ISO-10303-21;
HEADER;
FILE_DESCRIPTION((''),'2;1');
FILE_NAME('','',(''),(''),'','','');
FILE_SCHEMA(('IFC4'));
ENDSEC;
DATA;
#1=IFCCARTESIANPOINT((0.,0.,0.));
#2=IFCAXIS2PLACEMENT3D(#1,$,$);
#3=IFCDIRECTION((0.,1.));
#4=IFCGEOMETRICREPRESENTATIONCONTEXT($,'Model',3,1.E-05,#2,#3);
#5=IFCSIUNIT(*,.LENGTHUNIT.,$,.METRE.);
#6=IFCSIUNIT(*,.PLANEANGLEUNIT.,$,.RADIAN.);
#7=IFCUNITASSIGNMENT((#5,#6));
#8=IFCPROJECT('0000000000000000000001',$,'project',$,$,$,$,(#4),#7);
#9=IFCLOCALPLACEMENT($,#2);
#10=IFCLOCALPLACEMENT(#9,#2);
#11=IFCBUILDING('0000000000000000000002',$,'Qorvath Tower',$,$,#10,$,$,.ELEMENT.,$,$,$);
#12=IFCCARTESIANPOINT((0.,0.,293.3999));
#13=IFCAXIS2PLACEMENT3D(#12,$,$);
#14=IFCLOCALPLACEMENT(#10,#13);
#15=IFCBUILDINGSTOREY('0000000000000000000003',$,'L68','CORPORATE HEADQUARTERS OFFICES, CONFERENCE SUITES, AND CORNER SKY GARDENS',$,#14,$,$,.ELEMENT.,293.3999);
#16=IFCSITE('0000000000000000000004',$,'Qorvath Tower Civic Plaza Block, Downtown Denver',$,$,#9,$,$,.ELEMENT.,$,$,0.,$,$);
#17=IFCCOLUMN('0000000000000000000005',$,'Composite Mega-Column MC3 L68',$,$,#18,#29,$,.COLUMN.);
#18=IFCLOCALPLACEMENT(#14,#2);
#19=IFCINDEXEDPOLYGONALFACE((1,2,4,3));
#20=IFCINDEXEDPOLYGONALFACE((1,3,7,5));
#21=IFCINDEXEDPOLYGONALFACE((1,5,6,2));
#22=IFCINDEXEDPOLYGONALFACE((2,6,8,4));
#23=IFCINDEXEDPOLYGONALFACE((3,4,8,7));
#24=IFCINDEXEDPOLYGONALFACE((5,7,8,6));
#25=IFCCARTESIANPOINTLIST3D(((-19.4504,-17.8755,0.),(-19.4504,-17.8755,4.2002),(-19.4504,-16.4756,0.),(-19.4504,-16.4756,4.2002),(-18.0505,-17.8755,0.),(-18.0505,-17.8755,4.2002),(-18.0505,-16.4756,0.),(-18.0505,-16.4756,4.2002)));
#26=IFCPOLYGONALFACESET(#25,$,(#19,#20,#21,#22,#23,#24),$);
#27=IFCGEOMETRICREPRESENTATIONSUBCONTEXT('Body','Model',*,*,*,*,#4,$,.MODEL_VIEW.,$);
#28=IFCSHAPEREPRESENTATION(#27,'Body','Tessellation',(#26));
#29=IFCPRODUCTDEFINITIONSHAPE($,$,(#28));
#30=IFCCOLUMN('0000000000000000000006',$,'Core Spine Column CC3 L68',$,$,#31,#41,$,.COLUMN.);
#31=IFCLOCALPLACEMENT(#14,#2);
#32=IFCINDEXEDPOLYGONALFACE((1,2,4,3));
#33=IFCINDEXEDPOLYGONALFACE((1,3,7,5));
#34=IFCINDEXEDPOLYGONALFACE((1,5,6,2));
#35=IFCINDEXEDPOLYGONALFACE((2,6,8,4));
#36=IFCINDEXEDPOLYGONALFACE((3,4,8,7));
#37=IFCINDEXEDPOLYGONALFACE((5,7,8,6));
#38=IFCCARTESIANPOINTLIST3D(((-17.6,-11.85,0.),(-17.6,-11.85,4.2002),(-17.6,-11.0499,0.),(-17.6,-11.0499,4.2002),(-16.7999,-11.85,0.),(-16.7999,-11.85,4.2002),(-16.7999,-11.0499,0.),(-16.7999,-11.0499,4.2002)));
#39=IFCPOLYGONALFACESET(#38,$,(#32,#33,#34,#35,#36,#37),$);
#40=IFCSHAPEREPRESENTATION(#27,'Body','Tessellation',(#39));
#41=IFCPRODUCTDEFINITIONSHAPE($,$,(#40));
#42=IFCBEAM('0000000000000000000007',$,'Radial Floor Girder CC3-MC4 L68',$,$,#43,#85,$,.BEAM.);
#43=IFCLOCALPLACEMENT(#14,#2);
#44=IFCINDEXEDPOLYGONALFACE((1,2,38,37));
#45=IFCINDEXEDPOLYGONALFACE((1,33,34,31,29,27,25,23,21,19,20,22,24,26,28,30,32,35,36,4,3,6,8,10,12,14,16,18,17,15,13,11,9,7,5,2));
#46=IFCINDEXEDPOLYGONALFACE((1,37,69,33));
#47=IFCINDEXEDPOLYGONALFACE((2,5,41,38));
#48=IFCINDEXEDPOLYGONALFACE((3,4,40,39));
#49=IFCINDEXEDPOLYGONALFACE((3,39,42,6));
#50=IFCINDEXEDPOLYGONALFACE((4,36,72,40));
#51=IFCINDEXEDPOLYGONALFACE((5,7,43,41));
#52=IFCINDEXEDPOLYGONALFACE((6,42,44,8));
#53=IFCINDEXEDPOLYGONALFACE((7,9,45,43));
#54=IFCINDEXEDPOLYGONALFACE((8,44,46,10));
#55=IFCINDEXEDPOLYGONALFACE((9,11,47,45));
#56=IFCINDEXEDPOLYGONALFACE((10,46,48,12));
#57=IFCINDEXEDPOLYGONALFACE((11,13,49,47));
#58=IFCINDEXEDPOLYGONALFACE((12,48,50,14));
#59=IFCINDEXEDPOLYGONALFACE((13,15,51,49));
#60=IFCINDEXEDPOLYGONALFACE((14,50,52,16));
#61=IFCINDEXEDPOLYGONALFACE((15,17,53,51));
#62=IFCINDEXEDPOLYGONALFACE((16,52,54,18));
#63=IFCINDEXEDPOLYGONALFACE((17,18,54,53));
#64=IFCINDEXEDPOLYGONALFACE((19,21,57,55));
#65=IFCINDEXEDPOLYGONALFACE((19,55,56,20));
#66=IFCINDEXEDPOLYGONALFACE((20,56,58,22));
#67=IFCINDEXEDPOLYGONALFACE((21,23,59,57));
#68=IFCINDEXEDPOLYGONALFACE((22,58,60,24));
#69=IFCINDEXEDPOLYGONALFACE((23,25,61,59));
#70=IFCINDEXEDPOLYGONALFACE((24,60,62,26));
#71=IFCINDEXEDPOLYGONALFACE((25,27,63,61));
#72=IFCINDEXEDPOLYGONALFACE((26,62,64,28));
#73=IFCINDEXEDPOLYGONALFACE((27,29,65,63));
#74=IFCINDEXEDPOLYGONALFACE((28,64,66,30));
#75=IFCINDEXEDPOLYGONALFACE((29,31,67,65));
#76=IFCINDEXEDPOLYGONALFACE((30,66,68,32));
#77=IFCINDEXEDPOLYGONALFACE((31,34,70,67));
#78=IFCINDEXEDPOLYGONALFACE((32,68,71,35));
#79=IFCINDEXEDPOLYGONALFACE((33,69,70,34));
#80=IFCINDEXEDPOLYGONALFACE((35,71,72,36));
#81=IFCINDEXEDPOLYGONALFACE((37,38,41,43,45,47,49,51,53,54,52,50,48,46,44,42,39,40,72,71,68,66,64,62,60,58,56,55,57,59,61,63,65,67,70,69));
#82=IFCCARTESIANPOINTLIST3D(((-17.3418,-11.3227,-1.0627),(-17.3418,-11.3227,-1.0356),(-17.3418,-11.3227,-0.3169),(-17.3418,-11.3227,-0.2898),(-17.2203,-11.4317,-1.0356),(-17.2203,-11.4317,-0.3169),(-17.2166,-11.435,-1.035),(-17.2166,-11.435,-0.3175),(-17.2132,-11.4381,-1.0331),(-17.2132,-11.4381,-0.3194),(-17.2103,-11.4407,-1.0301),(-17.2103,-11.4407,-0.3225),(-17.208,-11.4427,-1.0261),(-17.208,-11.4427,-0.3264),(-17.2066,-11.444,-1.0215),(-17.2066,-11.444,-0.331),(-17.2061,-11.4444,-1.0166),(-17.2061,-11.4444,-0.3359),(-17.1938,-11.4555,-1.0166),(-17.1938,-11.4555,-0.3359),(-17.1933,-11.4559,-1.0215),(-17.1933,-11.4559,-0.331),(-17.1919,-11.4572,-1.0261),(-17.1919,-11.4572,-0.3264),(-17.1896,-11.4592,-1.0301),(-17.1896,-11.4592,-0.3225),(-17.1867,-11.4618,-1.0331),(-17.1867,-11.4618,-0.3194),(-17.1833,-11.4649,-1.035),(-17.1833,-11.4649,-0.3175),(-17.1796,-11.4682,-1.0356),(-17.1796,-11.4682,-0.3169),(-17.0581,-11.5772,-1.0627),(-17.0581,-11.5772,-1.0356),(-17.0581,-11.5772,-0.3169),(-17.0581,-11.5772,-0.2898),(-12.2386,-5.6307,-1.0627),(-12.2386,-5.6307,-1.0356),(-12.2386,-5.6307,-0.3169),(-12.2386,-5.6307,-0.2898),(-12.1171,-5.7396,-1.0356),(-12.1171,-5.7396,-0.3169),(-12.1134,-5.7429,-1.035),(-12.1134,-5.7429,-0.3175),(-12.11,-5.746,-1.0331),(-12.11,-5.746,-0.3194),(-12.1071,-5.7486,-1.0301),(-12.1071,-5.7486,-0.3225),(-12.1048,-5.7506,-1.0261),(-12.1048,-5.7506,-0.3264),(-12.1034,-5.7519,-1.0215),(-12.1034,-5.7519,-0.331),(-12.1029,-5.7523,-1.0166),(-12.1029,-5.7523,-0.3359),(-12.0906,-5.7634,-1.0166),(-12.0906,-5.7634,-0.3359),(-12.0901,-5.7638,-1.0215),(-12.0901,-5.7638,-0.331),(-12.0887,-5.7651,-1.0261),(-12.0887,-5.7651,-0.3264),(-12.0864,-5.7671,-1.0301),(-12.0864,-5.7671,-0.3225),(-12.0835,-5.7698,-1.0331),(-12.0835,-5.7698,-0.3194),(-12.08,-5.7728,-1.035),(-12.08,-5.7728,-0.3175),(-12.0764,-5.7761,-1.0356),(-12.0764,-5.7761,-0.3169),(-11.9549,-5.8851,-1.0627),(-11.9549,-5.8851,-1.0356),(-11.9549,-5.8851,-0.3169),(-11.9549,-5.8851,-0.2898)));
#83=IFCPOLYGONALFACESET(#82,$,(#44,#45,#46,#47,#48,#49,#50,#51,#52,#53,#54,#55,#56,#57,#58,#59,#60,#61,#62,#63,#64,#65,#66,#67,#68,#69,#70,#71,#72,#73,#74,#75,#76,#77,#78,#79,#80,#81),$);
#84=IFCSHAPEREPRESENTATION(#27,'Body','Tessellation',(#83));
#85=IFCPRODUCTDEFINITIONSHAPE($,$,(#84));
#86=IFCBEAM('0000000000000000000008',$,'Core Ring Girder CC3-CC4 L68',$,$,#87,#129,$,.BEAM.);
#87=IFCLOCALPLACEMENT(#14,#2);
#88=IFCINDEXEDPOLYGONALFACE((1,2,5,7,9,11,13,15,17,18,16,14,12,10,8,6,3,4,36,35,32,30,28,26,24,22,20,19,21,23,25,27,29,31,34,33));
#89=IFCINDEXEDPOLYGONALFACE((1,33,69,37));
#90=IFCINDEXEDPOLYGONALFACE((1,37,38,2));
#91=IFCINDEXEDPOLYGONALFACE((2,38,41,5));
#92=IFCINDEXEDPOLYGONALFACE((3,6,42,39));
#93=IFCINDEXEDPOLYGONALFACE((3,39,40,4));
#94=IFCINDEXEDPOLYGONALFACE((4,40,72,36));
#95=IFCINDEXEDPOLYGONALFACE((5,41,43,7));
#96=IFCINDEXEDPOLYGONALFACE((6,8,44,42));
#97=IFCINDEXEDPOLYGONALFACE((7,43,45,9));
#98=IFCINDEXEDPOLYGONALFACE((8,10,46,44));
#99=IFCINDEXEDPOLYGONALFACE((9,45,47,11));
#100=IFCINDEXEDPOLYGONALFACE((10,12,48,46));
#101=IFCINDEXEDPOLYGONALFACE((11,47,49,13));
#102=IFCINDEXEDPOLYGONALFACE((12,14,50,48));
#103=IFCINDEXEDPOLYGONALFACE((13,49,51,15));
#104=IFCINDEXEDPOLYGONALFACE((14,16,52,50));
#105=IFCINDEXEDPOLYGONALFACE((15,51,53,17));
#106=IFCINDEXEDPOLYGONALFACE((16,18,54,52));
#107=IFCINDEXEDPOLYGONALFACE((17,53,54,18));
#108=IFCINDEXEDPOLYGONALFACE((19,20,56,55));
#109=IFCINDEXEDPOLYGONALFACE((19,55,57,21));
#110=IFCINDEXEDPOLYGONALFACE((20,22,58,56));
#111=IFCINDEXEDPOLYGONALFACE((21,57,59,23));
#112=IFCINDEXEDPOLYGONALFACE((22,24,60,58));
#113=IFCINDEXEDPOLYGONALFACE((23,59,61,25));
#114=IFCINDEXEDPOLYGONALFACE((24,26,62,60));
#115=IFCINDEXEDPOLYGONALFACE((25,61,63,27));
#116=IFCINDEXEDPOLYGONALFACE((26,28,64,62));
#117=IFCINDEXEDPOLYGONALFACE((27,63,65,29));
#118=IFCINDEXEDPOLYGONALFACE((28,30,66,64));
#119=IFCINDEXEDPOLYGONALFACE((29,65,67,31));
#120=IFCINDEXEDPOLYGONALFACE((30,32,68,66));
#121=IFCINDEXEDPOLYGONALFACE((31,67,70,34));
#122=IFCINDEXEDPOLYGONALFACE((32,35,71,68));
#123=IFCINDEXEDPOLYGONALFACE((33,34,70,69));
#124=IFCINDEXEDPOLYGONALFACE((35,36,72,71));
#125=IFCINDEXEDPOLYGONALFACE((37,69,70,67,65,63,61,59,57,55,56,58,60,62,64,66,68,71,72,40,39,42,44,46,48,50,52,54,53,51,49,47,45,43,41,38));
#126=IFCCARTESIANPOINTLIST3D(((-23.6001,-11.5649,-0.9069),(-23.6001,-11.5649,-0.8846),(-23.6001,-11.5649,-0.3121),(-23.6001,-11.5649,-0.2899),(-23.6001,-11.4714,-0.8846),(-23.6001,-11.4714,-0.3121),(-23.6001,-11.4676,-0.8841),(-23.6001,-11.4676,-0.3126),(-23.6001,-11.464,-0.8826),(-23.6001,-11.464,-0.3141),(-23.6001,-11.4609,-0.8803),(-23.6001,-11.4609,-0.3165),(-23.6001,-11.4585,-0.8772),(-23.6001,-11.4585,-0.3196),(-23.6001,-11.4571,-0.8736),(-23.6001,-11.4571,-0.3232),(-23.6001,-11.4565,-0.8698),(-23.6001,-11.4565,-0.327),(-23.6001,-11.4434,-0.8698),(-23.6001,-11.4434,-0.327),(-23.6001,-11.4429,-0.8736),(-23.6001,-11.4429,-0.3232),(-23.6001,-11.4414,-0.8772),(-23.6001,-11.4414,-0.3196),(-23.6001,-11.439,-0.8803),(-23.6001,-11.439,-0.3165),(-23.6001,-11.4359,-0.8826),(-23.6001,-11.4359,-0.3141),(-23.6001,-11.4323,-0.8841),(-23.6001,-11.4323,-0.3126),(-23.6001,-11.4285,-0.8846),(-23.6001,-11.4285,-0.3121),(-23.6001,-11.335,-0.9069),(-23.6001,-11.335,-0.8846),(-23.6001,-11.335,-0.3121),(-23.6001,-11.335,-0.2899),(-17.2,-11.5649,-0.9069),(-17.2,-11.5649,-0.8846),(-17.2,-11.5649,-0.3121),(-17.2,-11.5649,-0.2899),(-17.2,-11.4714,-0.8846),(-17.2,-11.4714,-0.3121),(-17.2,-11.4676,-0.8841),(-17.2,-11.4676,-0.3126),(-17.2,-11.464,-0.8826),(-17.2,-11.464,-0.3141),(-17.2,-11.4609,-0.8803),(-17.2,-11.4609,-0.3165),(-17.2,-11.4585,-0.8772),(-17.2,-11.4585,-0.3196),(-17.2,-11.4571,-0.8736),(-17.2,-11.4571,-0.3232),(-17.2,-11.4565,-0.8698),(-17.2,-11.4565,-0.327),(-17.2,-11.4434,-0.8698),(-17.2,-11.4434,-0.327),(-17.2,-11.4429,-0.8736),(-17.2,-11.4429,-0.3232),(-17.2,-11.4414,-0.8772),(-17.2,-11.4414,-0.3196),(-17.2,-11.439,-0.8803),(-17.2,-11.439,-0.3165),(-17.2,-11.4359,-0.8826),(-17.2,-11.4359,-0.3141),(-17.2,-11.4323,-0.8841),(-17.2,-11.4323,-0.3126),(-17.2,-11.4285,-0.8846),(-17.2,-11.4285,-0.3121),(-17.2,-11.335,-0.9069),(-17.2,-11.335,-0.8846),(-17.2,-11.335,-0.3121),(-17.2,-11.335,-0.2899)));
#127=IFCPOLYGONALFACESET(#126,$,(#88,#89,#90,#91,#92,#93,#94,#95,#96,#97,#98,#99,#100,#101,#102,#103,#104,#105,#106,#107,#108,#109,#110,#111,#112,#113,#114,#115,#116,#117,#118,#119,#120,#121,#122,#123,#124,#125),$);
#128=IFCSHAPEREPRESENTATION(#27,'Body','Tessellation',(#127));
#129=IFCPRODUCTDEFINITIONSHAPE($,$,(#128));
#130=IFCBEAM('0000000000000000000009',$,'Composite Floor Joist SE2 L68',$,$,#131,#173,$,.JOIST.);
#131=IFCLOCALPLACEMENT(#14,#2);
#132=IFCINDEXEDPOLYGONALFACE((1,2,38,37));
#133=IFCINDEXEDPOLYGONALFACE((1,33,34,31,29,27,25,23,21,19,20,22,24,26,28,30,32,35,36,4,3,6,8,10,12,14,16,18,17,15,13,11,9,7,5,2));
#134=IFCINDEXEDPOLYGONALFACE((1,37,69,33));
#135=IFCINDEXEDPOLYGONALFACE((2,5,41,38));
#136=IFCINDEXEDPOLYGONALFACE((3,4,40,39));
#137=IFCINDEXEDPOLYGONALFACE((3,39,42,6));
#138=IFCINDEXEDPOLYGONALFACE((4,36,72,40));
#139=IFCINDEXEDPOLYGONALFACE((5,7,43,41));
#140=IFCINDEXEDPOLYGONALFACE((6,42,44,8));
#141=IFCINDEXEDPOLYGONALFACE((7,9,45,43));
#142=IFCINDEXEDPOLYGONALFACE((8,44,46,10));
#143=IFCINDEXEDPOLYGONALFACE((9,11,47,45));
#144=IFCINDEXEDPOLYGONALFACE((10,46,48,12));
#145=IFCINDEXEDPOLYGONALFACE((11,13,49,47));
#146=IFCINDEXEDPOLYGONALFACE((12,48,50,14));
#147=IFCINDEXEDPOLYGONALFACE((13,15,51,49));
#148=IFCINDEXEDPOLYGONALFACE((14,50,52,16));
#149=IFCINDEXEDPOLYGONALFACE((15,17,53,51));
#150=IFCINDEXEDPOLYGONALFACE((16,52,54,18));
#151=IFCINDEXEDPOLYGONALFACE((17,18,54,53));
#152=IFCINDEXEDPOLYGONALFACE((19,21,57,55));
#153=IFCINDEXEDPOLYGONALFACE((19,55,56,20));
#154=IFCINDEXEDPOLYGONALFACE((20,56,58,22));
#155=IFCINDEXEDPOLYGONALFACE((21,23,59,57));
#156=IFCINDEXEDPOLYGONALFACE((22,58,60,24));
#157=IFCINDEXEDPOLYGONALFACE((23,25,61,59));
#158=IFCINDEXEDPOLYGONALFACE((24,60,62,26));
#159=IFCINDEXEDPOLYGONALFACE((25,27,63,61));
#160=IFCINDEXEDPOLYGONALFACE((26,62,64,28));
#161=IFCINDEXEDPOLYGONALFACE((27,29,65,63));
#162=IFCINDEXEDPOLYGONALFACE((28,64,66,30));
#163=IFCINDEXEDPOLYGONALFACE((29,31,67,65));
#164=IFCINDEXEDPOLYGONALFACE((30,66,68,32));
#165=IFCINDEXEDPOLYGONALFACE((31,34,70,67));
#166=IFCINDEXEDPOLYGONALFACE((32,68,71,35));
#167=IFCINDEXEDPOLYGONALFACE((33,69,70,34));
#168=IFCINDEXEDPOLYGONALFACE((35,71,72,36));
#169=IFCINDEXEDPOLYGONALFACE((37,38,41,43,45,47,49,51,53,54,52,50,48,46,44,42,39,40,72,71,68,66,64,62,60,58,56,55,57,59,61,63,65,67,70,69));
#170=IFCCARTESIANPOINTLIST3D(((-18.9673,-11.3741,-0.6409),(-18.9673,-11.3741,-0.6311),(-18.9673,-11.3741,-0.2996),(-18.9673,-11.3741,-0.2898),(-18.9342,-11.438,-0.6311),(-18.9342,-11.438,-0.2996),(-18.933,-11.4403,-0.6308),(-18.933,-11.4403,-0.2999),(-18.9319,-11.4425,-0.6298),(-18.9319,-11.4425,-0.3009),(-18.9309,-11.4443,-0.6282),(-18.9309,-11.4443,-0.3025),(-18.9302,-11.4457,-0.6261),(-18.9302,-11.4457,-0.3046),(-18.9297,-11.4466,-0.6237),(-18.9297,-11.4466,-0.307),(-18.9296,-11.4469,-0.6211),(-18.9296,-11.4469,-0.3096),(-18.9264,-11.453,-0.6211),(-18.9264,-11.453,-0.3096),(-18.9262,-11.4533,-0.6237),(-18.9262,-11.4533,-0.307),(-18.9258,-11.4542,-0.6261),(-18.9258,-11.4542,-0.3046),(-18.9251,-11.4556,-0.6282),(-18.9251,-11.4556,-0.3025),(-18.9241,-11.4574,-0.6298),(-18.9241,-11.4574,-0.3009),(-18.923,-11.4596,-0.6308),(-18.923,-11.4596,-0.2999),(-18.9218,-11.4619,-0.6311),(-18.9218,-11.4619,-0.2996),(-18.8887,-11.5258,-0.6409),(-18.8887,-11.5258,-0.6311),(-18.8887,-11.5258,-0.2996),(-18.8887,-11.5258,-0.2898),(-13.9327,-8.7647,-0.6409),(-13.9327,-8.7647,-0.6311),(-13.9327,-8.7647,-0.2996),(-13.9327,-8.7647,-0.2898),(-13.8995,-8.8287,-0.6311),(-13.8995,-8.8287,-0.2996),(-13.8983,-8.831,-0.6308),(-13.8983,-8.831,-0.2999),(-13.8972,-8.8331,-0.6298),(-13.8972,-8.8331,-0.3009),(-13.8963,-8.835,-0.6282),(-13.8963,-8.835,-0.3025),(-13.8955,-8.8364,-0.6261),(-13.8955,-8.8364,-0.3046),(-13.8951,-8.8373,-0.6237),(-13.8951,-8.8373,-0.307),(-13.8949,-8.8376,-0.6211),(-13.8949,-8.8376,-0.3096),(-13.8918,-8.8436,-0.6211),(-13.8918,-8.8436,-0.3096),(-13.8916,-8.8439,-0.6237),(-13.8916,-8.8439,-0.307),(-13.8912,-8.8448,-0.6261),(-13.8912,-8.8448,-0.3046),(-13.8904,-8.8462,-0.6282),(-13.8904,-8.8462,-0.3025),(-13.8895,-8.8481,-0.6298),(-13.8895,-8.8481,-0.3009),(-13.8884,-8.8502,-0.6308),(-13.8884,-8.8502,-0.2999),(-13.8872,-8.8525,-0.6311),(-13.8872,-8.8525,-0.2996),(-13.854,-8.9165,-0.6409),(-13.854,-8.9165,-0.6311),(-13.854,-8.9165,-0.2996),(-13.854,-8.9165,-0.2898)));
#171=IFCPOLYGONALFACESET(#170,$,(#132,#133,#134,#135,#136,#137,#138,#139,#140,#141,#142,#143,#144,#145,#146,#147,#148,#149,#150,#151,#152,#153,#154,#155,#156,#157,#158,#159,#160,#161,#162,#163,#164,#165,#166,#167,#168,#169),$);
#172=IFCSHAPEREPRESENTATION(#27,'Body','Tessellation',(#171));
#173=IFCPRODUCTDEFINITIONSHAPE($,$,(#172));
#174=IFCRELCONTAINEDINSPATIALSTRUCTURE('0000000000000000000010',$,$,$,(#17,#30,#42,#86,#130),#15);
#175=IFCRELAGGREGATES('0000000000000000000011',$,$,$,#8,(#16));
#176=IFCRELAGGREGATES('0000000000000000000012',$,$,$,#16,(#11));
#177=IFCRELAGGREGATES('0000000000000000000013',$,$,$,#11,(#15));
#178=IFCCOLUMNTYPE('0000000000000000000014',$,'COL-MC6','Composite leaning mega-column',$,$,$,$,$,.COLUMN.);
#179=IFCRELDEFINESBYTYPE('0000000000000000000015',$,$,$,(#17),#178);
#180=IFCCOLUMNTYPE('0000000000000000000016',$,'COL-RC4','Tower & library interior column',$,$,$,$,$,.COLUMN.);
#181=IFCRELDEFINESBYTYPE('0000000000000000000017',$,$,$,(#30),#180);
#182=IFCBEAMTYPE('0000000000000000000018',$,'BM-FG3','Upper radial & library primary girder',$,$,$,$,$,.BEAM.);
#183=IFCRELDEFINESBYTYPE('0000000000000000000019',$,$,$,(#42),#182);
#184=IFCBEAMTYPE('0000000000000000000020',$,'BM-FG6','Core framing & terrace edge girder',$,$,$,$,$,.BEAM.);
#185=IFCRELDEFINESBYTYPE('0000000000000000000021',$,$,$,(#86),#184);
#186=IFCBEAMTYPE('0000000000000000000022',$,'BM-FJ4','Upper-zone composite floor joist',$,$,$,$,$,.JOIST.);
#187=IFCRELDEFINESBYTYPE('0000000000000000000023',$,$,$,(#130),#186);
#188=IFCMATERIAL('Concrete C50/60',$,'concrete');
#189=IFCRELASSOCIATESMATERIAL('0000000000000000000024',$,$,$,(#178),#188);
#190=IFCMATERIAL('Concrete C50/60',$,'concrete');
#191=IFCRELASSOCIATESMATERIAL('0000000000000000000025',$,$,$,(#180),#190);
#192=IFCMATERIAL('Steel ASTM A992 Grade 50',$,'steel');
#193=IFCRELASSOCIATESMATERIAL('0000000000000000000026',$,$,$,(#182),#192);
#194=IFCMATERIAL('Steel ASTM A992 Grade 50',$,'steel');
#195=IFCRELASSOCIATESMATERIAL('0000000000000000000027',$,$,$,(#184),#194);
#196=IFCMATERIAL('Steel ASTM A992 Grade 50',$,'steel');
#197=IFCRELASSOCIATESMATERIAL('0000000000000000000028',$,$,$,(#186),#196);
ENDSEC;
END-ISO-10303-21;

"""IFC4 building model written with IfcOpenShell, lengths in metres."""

from ifc_helpers import new_model, si_unit, direction, frame, origin, origin_2d, place, context, subcontext, project, spatial, rectangle, i_section, extrude, material, material_profile, profile_set, type_object, element, save


model = new_model("IFC4")

# Units and contexts
model_context = context("Model", 3, precision=1e-05, world=origin(), true_north=direction((0.0, 1.0)))
body_context = subcontext(model_context, "Body", "Model", "MODEL_VIEW")
ifc_project = project(units=[si_unit("LENGTHUNIT", "METRE"), si_unit("PLANEANGLEUNIT", "RADIAN")], contexts=[model_context])

# Site, building, storey
site_placement = place(None, origin())
site = spatial("IfcSite", under=ifc_project, at=site_placement, Name="Qorvath Tower Civic Plaza Block, Downtown Denver", CompositionType="ELEMENT", RefElevation=0.0)
building_placement = place(site_placement, origin())
building = spatial("IfcBuilding", under=site, at=building_placement, Name="Qorvath Tower", CompositionType="ELEMENT")
storey_placement = place(building_placement, frame((0.0, 0.0, 293.3999)))
storey = spatial("IfcBuildingStorey", under=building, at=storey_placement, Name="L68", Description="CORPORATE HEADQUARTERS OFFICES, CONFERENCE SUITES, AND CORNER SKY GARDENS", CompositionType="ELEMENT", Elevation=293.3999)

# Columns
ifc_material_1 = material(Name="Concrete C50/60", Category="concrete")
ifc_material_profile_1 = material_profile(ifc_material_1, rectangle(XDim=1.3999, YDim=1.3999, at=origin_2d()), Name="MC 1400x1400")
ifc_profile_set_1 = profile_set([ifc_material_profile_1], Name="Concrete C50/60")
column_type_1 = type_object("IfcColumnType", Name="COL-MC6", Description="Composite leaning mega-column", PredefinedType="COLUMN", material=ifc_profile_set_1)
column_1_placement = place(storey_placement, frame((-18.7505, -17.1755, 0.0), z_axis=(0.0, 0.0, 1.0), x_axis=(1.0, 0.0, 0.0)))
element("IfcColumn", 1, at=column_1_placement, inside=storey, type_object=column_type_1, Name="Composite Mega-Column MC3 L68", PredefinedType="COLUMN", context=body_context, shape_type="SweptSolid", body=[
    extrude(rectangle(XDim=1.3999, YDim=1.3999, at=origin_2d()), origin(), (0.0, 0.0, 1.0), 4.2002),
])
ifc_material_2 = material(Name="Concrete C50/60", Category="concrete")
ifc_material_profile_2 = material_profile(ifc_material_2, rectangle(XDim=0.8, YDim=0.8, at=origin_2d()), Name="RC 800x800")
ifc_profile_set_2 = profile_set([ifc_material_profile_2], Name="Concrete C50/60")
column_type_2 = type_object("IfcColumnType", Name="COL-RC4", Description="Tower & library interior column", PredefinedType="COLUMN", material=ifc_profile_set_2)
column_2_placement = place(storey_placement, frame((-17.2, -11.45, 0.0), z_axis=(0.0, 0.0, 1.0), x_axis=(1.0, 0.0, 0.0)))
element("IfcColumn", 2, at=column_2_placement, inside=storey, type_object=column_type_2, Name="Core Spine Column CC3 L68", PredefinedType="COLUMN", context=body_context, shape_type="SweptSolid", body=[
    extrude(rectangle(XDim=0.8, YDim=0.8, at=origin_2d()), origin(), (0.0, 0.0, 1.0), 4.2002),
])

# Beams
ifc_material_3 = material(Name="Steel ASTM A992 Grade 50", Category="steel")
ifc_material_profile_3 = material_profile(ifc_material_3, i_section(OverallWidth=0.3811, OverallDepth=0.7729, WebThickness=0.0166, FlangeThickness=0.0271, FilletRadius=0.019, at=origin_2d()), Name="W30x173")
ifc_profile_set_3 = profile_set([ifc_material_profile_3], Name="Steel ASTM A992 Grade 50")
beam_type_1 = type_object("IfcBeamType", Name="BM-FG3", Description="Upper radial & library primary girder", PredefinedType="BEAM", material=ifc_profile_set_3)
beam_1_placement = place(storey_placement, frame((-17.2, -11.45, -0.6763), z_axis=(0.667543, 0.744571, 0.0), x_axis=(-0.744571, 0.667543, 0.0)))
element("IfcBeam", 3, at=beam_1_placement, inside=storey, type_object=beam_type_1, Name="Radial Floor Girder CC3-MC4 L68", PredefinedType="BEAM", context=body_context, shape_type="SweptSolid", body=[
    extrude(i_section(OverallWidth=0.3811, OverallDepth=0.7729, WebThickness=0.0166, FlangeThickness=0.0271, FilletRadius=0.019, at=origin_2d()), origin(), (0.0, 0.0, 1.0), 7.6448),
])
ifc_material_4 = material(Name="Steel ASTM A992 Grade 50", Category="steel")
ifc_material_profile_4 = material_profile(ifc_material_4, i_section(OverallWidth=0.23, OverallDepth=0.6169, WebThickness=0.0132, FlangeThickness=0.0222, FilletRadius=0.0149, at=origin_2d()), Name="W24x94")
ifc_profile_set_4 = profile_set([ifc_material_profile_4], Name="Steel ASTM A992 Grade 50")
beam_type_2 = type_object("IfcBeamType", Name="BM-FG6", Description="Core framing & terrace edge girder", PredefinedType="BEAM", material=ifc_profile_set_4)
beam_2_placement = place(storey_placement, frame((-17.2, -11.45, -0.5984), z_axis=(-1.0, 0.0, 0.0), x_axis=(0.0, -1.0, 0.0)))
element("IfcBeam", 4, at=beam_2_placement, inside=storey, type_object=beam_type_2, Name="Core Ring Girder CC3-CC4 L68", PredefinedType="BEAM", context=body_context, shape_type="SweptSolid", body=[
    extrude(i_section(OverallWidth=0.23, OverallDepth=0.6169, WebThickness=0.0132, FlangeThickness=0.0222, FilletRadius=0.0149, at=origin_2d()), origin(), (0.0, 0.0, 1.0), 6.4001),
])
ifc_material_5 = material(Name="Steel ASTM A992 Grade 50", Category="steel")
ifc_material_profile_5 = material_profile(ifc_material_5, i_section(OverallWidth=0.1709, OverallDepth=0.3511, WebThickness=0.0068, FlangeThickness=0.0098, FilletRadius=0.01, at=origin_2d()), Name="W14x30")
ifc_profile_set_5 = profile_set([ifc_material_profile_5], Name="Steel ASTM A992 Grade 50")
beam_type_3 = type_object("IfcBeamType", Name="BM-FJ4", Description="Upper-zone composite floor joist", PredefinedType="JOIST", material=ifc_profile_set_5)
beam_3_placement = place(storey_placement, frame((-18.928, -11.45, -0.4653), z_axis=(0.887841, 0.460151, 0.0), x_axis=(-0.460151, 0.887841, 0.0)))
element("IfcBeam", 5, at=beam_3_placement, inside=storey, type_object=beam_type_3, Name="Composite Floor Joist SE2 L68", PredefinedType="JOIST", context=body_context, shape_type="SweptSolid", body=[
    extrude(i_section(OverallWidth=0.1709, OverallDepth=0.3511, WebThickness=0.0068, FlangeThickness=0.0098, FilletRadius=0.01, at=origin_2d()), origin(), (0.0, 0.0, 1.0), 5.6707),
])

save(model, "model.ifc")
